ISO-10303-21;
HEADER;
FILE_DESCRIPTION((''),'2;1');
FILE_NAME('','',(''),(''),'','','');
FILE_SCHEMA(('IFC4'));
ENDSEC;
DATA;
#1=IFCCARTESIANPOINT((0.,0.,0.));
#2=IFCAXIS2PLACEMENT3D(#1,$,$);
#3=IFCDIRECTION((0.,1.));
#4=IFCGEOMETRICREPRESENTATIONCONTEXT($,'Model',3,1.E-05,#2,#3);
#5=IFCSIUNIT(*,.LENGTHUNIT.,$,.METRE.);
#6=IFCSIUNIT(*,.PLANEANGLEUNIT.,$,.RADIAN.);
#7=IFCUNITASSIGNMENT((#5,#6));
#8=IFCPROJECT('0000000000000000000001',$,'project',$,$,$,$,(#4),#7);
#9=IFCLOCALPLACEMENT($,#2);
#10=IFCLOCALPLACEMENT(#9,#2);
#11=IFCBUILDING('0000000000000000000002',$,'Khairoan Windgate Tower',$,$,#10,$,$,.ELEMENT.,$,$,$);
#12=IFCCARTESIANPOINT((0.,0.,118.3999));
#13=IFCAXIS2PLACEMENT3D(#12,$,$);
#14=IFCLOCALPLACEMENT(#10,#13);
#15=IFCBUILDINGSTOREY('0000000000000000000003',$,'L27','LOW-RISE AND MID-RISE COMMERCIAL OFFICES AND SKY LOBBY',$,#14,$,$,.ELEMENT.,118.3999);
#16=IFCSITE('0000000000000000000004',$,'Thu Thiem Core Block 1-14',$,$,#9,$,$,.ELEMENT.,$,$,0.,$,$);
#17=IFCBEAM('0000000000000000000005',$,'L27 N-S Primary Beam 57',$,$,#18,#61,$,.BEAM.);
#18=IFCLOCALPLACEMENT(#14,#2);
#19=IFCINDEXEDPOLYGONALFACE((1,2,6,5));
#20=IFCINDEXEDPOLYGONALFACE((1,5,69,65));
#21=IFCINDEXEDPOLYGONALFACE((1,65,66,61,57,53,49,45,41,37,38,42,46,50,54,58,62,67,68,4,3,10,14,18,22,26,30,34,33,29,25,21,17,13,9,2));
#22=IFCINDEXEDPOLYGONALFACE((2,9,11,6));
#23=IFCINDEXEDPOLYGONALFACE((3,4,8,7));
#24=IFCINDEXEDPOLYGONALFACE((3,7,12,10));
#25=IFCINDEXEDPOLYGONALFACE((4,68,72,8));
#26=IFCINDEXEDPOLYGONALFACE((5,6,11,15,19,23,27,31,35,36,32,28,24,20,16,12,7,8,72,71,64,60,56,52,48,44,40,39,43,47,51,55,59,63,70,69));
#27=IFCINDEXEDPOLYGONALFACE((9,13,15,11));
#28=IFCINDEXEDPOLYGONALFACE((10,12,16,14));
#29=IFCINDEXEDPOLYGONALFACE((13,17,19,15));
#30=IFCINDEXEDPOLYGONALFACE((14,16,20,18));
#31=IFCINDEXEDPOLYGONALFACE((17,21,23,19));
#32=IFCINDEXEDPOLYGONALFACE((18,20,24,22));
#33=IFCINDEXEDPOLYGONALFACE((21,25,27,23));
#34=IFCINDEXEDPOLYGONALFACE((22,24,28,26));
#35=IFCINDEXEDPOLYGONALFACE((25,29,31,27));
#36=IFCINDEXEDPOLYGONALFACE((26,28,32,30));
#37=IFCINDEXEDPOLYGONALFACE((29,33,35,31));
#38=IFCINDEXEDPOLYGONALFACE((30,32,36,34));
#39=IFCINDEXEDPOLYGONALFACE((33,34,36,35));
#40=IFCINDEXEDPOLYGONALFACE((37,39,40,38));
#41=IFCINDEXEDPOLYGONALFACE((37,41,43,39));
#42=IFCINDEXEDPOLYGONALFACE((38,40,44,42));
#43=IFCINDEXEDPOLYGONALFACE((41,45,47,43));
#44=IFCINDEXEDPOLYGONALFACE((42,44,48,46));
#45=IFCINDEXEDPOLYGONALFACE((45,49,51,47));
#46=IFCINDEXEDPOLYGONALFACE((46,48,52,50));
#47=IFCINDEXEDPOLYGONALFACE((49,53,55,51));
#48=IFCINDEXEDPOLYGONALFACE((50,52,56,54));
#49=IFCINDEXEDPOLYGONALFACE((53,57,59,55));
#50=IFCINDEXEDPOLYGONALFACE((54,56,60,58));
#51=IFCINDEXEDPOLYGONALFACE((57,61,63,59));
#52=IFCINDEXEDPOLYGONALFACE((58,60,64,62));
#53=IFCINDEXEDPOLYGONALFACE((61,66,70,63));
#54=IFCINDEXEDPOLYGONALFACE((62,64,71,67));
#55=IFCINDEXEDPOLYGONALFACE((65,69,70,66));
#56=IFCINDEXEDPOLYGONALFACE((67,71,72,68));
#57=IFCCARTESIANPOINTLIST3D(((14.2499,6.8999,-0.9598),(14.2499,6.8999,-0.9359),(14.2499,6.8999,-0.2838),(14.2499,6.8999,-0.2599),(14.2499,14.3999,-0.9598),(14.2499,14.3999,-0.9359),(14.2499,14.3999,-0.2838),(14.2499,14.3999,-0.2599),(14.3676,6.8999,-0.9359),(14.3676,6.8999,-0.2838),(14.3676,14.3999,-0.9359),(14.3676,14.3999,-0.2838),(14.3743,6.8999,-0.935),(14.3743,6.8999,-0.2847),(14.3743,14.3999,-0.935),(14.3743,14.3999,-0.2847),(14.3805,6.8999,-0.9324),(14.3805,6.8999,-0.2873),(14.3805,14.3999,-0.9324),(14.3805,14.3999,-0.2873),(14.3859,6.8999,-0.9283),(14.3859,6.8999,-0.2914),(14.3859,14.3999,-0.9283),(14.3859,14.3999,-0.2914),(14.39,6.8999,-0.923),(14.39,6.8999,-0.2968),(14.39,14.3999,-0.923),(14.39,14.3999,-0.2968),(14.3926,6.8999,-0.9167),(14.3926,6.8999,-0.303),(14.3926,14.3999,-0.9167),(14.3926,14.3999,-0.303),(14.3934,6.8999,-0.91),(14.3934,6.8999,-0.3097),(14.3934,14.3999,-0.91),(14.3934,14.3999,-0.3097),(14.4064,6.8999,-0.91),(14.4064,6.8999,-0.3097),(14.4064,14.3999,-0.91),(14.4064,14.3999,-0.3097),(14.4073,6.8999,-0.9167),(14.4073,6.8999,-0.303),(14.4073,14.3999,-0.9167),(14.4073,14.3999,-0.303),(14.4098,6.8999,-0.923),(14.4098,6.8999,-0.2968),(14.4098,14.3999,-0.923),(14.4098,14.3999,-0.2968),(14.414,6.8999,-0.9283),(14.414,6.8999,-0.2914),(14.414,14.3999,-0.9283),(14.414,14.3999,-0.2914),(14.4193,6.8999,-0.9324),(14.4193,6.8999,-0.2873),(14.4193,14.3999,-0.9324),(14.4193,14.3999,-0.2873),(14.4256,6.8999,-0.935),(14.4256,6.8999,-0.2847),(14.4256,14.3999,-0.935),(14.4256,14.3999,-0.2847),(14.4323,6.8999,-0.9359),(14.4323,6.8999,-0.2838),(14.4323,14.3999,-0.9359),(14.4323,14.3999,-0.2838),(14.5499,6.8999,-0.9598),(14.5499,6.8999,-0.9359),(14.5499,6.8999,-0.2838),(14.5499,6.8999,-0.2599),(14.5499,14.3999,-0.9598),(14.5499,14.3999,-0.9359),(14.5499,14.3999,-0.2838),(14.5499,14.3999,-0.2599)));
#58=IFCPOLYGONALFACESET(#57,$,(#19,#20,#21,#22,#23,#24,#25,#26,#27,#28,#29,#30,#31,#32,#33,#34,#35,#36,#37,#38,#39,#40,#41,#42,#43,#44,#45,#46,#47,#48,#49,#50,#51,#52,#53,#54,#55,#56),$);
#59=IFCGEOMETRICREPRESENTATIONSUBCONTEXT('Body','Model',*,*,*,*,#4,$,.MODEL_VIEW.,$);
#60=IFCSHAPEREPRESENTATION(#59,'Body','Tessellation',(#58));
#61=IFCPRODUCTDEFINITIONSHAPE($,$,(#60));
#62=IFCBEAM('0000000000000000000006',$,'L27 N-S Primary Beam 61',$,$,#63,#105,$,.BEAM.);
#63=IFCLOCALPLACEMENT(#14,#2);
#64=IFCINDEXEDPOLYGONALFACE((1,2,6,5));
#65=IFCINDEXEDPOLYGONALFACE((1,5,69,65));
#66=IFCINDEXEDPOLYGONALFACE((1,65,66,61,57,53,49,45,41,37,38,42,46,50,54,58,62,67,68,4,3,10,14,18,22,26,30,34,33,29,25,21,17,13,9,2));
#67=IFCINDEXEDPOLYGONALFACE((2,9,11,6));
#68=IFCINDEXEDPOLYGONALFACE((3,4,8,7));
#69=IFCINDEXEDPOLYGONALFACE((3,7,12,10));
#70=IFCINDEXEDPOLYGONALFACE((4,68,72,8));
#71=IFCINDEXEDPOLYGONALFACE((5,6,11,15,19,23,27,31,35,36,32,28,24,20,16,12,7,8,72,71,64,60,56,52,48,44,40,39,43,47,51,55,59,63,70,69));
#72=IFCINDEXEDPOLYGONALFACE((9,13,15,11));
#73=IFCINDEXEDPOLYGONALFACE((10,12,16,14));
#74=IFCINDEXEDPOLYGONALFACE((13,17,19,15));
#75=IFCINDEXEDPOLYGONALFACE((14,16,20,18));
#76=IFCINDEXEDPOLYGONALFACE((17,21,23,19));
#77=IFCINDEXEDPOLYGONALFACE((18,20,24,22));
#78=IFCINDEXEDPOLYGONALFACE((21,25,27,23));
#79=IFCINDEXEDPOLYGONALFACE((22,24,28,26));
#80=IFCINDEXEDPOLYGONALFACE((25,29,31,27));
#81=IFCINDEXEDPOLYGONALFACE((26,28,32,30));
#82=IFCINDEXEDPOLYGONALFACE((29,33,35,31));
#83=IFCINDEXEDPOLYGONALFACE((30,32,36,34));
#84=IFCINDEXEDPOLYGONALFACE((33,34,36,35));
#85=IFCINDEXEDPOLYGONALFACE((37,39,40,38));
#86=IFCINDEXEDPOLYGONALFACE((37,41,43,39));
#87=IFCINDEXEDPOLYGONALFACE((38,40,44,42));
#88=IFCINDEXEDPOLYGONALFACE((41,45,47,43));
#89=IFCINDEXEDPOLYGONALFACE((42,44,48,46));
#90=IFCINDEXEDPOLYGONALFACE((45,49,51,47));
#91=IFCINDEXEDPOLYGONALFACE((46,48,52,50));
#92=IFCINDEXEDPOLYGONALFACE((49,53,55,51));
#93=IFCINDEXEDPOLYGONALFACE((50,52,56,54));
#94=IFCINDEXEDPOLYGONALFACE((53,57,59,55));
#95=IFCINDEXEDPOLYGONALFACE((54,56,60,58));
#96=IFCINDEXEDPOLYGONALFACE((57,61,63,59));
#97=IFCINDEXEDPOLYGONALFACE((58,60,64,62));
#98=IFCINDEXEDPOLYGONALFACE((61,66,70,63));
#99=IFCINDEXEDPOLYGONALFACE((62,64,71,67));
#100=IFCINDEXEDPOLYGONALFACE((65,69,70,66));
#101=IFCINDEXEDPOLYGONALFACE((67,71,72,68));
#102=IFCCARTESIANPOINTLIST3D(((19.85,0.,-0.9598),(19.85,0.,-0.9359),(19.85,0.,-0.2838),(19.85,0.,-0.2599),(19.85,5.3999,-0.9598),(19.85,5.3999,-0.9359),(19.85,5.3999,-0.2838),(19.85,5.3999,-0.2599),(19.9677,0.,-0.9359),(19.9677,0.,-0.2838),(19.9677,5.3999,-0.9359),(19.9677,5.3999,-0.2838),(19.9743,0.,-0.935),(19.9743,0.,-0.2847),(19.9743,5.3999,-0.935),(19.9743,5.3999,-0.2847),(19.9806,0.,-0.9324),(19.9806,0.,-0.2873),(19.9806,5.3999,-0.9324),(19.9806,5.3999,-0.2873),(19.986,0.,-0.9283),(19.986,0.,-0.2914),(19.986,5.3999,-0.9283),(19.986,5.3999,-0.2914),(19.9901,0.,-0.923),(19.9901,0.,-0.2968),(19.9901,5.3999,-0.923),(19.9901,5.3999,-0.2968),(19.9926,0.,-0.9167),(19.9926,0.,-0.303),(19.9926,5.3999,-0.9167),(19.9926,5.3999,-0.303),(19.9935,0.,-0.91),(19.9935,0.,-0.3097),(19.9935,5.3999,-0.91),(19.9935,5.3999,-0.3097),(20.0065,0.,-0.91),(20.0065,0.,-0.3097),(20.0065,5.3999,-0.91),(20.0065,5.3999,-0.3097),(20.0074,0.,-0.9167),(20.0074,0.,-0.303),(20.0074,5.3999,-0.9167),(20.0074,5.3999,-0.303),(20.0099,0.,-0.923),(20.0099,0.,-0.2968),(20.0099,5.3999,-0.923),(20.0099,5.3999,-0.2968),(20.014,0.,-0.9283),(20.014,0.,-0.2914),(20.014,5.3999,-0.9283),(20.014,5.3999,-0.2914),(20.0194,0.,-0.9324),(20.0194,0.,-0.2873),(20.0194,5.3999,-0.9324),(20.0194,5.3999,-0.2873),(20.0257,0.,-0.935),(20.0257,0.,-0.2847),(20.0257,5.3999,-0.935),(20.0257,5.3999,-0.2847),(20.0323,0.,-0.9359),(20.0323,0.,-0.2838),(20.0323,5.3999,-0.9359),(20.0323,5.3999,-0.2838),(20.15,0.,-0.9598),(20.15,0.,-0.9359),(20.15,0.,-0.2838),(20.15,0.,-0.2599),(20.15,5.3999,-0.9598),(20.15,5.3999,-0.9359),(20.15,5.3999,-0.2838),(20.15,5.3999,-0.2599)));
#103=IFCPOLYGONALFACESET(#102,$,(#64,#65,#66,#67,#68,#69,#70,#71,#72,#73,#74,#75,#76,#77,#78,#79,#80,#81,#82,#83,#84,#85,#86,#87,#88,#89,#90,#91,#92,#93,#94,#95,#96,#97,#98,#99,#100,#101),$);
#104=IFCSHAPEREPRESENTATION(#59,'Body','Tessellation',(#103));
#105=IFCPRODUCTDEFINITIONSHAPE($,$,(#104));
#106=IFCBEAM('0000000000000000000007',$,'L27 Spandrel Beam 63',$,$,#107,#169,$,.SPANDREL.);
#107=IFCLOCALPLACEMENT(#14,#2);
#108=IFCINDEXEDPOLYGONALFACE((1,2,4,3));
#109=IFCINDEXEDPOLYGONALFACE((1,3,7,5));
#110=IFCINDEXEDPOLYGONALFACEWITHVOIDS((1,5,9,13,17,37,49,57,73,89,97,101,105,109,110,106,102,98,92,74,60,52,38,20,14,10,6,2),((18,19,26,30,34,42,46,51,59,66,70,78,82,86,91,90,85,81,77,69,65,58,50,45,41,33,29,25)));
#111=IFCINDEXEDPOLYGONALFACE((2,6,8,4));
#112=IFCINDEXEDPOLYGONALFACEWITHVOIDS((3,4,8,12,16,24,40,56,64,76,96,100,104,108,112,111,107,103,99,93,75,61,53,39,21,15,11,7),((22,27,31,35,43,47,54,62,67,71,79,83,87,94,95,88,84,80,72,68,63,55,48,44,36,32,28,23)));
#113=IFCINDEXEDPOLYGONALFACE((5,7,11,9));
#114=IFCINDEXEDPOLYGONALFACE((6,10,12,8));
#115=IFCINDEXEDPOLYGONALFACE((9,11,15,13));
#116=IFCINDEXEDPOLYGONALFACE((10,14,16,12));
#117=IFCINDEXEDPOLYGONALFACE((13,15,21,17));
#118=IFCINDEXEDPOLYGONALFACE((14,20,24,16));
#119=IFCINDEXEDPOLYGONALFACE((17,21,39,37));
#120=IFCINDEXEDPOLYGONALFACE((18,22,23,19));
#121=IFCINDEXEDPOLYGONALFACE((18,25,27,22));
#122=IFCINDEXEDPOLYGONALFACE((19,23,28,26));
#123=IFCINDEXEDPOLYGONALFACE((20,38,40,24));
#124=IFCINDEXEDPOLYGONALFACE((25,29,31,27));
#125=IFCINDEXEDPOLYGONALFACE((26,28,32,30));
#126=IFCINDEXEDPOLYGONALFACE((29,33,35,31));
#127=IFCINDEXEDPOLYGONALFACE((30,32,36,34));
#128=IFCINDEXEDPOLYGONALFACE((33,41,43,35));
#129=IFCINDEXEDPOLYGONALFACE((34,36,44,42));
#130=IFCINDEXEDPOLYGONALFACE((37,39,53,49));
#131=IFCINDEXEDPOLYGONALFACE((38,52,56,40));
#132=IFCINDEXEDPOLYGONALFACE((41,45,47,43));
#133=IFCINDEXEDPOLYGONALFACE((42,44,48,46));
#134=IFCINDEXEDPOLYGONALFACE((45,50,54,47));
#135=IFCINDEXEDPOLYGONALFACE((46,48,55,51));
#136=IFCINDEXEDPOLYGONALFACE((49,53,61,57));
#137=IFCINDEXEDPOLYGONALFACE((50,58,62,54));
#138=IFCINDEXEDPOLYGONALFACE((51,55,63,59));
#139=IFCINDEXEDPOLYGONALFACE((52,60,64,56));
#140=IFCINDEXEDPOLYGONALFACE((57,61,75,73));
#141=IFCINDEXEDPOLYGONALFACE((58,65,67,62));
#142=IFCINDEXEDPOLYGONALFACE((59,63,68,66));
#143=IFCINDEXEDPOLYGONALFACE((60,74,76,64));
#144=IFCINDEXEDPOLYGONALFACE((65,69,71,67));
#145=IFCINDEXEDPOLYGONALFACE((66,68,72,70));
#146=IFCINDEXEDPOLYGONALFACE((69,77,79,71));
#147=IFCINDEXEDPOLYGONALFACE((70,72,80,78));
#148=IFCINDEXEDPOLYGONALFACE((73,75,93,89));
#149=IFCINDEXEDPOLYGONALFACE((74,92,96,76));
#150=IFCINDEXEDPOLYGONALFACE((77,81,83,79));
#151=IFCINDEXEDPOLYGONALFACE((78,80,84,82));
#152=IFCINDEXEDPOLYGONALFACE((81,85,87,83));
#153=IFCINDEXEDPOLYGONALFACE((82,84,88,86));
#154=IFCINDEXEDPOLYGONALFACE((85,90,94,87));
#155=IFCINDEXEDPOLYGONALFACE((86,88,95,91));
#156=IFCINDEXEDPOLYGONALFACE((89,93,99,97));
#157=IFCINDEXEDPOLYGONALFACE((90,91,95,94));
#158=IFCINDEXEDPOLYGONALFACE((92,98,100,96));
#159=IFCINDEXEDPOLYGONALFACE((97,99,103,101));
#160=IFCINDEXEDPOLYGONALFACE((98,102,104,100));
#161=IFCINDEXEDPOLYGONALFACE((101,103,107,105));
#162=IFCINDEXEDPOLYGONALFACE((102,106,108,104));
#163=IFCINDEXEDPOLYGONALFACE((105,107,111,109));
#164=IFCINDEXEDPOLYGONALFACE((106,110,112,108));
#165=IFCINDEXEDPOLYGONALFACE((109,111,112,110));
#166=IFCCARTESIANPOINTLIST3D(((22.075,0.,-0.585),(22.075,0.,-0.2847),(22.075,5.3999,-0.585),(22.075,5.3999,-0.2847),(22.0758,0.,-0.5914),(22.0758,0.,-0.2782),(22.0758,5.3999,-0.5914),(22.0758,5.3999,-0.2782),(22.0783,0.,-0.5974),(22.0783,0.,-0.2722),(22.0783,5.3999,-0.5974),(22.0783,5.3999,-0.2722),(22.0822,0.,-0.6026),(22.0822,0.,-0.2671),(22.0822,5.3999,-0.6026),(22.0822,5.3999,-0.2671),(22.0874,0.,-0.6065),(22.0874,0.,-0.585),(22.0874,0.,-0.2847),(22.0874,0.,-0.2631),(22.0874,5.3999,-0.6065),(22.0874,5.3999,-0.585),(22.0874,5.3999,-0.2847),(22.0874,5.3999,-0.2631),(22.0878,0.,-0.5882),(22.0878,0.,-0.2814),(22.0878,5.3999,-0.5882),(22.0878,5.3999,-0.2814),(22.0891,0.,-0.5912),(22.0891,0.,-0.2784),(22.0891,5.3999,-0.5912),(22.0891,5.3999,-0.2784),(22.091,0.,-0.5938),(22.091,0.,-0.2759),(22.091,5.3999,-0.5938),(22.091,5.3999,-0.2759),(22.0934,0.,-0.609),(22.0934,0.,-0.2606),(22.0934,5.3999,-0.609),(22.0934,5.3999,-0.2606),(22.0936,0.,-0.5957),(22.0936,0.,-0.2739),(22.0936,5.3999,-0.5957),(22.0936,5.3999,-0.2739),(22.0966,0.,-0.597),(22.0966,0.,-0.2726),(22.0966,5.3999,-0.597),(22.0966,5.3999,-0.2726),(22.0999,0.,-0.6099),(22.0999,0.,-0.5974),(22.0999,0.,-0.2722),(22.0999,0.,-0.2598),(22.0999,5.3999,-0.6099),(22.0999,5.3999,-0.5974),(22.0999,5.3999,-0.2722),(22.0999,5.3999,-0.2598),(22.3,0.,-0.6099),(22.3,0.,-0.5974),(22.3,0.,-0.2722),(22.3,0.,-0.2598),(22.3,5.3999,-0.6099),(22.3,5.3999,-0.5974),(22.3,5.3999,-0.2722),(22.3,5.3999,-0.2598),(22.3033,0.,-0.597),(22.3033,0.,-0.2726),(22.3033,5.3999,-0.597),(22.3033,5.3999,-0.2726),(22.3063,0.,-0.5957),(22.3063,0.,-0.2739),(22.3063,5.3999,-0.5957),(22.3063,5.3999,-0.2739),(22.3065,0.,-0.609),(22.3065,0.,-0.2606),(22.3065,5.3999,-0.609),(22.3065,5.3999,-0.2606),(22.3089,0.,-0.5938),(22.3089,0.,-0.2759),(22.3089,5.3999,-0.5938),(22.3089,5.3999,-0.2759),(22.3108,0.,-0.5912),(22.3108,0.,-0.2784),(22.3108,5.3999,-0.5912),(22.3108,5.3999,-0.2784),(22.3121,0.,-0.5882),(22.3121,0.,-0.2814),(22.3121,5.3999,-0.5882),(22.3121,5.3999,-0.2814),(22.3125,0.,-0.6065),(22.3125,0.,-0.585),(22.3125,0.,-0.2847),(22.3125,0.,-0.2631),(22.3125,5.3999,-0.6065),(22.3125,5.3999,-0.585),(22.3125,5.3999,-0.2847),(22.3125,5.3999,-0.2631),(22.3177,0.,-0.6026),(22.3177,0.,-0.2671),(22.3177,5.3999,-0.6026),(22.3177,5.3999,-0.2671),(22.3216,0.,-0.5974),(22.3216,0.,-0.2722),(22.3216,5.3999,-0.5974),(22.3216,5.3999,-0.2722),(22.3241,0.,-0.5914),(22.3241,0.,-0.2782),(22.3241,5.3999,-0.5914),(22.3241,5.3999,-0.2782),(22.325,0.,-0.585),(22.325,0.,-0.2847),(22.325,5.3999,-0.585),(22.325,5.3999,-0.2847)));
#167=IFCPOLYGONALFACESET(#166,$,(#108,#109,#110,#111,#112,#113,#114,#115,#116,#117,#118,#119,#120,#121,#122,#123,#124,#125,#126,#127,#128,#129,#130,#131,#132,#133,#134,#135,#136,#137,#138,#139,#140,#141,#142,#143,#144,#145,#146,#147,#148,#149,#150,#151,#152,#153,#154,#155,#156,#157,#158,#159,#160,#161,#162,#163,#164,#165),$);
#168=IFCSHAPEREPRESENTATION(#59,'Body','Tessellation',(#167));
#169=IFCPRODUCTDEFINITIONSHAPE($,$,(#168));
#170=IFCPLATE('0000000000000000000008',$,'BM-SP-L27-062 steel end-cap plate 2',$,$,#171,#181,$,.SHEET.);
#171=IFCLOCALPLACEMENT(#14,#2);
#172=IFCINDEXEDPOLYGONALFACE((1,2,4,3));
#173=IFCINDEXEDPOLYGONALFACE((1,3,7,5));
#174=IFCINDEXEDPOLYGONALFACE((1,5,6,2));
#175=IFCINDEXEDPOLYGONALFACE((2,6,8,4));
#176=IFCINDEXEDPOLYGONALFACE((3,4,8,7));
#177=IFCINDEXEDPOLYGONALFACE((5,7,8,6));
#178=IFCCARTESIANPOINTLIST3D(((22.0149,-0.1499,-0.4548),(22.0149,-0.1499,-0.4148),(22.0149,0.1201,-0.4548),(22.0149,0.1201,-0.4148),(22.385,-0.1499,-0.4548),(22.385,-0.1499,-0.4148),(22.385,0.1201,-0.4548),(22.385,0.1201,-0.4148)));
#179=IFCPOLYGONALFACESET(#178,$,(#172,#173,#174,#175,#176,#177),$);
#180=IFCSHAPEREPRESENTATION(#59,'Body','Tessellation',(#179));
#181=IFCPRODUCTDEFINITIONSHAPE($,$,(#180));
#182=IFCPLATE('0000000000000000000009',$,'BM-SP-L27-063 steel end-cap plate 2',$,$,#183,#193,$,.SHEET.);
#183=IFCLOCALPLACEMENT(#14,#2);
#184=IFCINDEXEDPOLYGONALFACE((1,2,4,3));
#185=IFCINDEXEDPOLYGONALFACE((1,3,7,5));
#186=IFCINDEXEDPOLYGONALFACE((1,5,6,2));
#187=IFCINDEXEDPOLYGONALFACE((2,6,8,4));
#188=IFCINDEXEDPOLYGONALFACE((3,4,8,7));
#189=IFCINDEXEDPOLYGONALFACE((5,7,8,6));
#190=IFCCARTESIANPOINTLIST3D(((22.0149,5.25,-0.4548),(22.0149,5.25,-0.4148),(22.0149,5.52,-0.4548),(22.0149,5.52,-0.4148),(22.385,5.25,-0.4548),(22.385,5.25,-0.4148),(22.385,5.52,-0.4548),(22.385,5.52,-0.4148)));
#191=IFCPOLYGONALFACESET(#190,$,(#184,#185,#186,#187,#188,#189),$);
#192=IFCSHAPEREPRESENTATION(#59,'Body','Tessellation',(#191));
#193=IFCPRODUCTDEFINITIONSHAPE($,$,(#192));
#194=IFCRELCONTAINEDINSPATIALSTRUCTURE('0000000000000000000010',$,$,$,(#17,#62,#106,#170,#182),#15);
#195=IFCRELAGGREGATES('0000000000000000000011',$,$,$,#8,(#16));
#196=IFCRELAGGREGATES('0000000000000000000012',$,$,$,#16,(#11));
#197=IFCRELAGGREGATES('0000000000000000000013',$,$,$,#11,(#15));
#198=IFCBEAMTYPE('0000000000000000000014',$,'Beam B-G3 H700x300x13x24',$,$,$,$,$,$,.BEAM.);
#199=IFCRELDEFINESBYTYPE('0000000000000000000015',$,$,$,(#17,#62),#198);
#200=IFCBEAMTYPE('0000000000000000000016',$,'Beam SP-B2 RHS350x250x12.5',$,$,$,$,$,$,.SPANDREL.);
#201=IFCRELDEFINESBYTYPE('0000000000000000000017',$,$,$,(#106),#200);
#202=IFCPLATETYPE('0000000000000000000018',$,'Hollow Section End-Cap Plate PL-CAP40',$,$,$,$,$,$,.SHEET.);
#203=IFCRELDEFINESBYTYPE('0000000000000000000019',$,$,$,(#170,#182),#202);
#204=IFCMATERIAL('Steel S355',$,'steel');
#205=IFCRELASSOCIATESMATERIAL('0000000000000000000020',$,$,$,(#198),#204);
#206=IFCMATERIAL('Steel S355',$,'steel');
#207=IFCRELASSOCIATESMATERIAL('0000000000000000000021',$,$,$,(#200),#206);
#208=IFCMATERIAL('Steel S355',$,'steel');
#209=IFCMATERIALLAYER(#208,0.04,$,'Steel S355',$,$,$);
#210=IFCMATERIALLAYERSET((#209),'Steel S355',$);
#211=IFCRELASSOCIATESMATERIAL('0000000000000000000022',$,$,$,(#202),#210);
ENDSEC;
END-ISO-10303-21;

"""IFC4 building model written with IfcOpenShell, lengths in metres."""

from ifc_helpers import new_model, si_unit, direction, frame, origin, origin_2d, place, context, subcontext, project, spatial, rectangle, hollow_rectangle, i_section, extrude, material, layer, layer_set, material_profile, profile_set, type_object, element, save


model = new_model("IFC4")

# Units and contexts
model_context = context("Model", 3, precision=1e-05, world=origin(), true_north=direction((0.0, 1.0)))
body_context = subcontext(model_context, "Body", "Model", "MODEL_VIEW")
ifc_project = project(units=[si_unit("LENGTHUNIT", "METRE"), si_unit("PLANEANGLEUNIT", "RADIAN")], contexts=[model_context])

# Site, building, storey
site_placement = place(None, origin())
site = spatial("IfcSite", under=ifc_project, at=site_placement, Name="Thu Thiem Core Block 1-14", CompositionType="ELEMENT", RefElevation=0.0)
building_placement = place(site_placement, origin())
building = spatial("IfcBuilding", under=site, at=building_placement, Name="Khairoan Windgate Tower", CompositionType="ELEMENT")
storey_placement = place(building_placement, frame((0.0, 0.0, 118.3999)))
storey = spatial("IfcBuildingStorey", under=building, at=storey_placement, Name="L27", Description="LOW-RISE AND MID-RISE COMMERCIAL OFFICES AND SKY LOBBY", CompositionType="ELEMENT", Elevation=118.3999)

# Beams
ifc_material_1 = material(Name="Steel S355", Category="steel")
ifc_material_profile_1 = material_profile(ifc_material_1, i_section(OverallWidth=0.3, OverallDepth=0.7, WebThickness=0.0129, FlangeThickness=0.0239, FilletRadius=0.0259, at=origin_2d()))
ifc_profile_set_1 = profile_set([ifc_material_profile_1], Name="Steel S355")
beam_type_1 = type_object("IfcBeamType", Name="Beam B-G3 H700x300x13x24", PredefinedType="BEAM", material=ifc_profile_set_1)
beam_1_placement = place(storey_placement, frame((14.3999, 6.8999, -0.6099), z_axis=(0.0, 1.0, 0.0), x_axis=(-1.0, 0.0, 0.0)))
element("IfcBeam", 1, at=beam_1_placement, inside=storey, type_object=beam_type_1, Name="L27 N-S Primary Beam 57", PredefinedType="BEAM", context=body_context, shape_type="SweptSolid", body=[
    extrude(i_section(OverallWidth=0.3, OverallDepth=0.7, WebThickness=0.0129, FlangeThickness=0.0239, FilletRadius=0.0259, at=origin_2d()), origin(), (0.0, 0.0, 1.0), 7.5),
])
beam_2_placement = place(storey_placement, frame((20.0, 0.0, -0.6099), z_axis=(0.0, 1.0, 0.0), x_axis=(-1.0, 0.0, 0.0)))
element("IfcBeam", 2, at=beam_2_placement, inside=storey, type_object=beam_type_1, Name="L27 N-S Primary Beam 61", PredefinedType="BEAM", context=body_context, shape_type="SweptSolid", body=[
    extrude(i_section(OverallWidth=0.3, OverallDepth=0.7, WebThickness=0.0129, FlangeThickness=0.0239, FilletRadius=0.0259, at=origin_2d()), origin(), (0.0, 0.0, 1.0), 5.3999),
])
ifc_material_2 = material(Name="Steel S355", Category="steel")
ifc_material_profile_2 = material_profile(ifc_material_2, hollow_rectangle(XDim=0.25, YDim=0.3501, WallThickness=0.0125, InnerFilletRadius=0.0125, OuterFilletRadius=0.0249, at=origin_2d()))
ifc_profile_set_2 = profile_set([ifc_material_profile_2], Name="Steel S355")
beam_type_2 = type_object("IfcBeamType", Name="Beam SP-B2 RHS350x250x12.5", PredefinedType="SPANDREL", material=ifc_profile_set_2)
beam_3_placement = place(storey_placement, frame((22.2, 0.0, -0.4348), z_axis=(0.0, 1.0, 0.0), x_axis=(-1.0, 0.0, 0.0)))
element("IfcBeam", 3, at=beam_3_placement, inside=storey, type_object=beam_type_2, Name="L27 Spandrel Beam 63", PredefinedType="SPANDREL", context=body_context, shape_type="SweptSolid", body=[
    extrude(hollow_rectangle(XDim=0.25, YDim=0.3501, WallThickness=0.0125, InnerFilletRadius=0.0125, OuterFilletRadius=0.0249, at=origin_2d()), origin(), (0.0, 0.0, 1.0), 5.3999),
])

# Plates
ifc_material_3 = material(Name="Steel S355", Category="steel")
ifc_layer_1 = layer(ifc_material_3, 0.04, Name="Steel S355")
ifc_layer_set_1 = layer_set([ifc_layer_1], Name="Steel S355")
plate_type = type_object("IfcPlateType", Name="Hollow Section End-Cap Plate PL-CAP40", PredefinedType="SHEET", material=ifc_layer_set_1)
for number, where, z_axis, x_axis, name in (
    (4, (22.2, -0.0149, -0.4548), (0.0, 0.0, 1.0), (0.0, 1.0, 0.0), "BM-SP-L27-062 steel end-cap plate 2"),
    (5, (22.2, 5.385, -0.4548), (0.0, 0.0, 1.0), (0.0, 1.0, 0.0), "BM-SP-L27-063 steel end-cap plate 2"),
):
    element("IfcPlate", number, at=place(storey_placement, frame(where, z_axis=z_axis, x_axis=x_axis)), inside=storey, type_object=plate_type, Name=name, PredefinedType="SHEET", context=body_context, shape_type="SweptSolid", body=[
        extrude(rectangle(XDim=0.27, YDim=0.3701, at=origin_2d()), origin(), (0.0, 0.0, 1.0), 0.04),
    ])

save(model, "model.ifc")
